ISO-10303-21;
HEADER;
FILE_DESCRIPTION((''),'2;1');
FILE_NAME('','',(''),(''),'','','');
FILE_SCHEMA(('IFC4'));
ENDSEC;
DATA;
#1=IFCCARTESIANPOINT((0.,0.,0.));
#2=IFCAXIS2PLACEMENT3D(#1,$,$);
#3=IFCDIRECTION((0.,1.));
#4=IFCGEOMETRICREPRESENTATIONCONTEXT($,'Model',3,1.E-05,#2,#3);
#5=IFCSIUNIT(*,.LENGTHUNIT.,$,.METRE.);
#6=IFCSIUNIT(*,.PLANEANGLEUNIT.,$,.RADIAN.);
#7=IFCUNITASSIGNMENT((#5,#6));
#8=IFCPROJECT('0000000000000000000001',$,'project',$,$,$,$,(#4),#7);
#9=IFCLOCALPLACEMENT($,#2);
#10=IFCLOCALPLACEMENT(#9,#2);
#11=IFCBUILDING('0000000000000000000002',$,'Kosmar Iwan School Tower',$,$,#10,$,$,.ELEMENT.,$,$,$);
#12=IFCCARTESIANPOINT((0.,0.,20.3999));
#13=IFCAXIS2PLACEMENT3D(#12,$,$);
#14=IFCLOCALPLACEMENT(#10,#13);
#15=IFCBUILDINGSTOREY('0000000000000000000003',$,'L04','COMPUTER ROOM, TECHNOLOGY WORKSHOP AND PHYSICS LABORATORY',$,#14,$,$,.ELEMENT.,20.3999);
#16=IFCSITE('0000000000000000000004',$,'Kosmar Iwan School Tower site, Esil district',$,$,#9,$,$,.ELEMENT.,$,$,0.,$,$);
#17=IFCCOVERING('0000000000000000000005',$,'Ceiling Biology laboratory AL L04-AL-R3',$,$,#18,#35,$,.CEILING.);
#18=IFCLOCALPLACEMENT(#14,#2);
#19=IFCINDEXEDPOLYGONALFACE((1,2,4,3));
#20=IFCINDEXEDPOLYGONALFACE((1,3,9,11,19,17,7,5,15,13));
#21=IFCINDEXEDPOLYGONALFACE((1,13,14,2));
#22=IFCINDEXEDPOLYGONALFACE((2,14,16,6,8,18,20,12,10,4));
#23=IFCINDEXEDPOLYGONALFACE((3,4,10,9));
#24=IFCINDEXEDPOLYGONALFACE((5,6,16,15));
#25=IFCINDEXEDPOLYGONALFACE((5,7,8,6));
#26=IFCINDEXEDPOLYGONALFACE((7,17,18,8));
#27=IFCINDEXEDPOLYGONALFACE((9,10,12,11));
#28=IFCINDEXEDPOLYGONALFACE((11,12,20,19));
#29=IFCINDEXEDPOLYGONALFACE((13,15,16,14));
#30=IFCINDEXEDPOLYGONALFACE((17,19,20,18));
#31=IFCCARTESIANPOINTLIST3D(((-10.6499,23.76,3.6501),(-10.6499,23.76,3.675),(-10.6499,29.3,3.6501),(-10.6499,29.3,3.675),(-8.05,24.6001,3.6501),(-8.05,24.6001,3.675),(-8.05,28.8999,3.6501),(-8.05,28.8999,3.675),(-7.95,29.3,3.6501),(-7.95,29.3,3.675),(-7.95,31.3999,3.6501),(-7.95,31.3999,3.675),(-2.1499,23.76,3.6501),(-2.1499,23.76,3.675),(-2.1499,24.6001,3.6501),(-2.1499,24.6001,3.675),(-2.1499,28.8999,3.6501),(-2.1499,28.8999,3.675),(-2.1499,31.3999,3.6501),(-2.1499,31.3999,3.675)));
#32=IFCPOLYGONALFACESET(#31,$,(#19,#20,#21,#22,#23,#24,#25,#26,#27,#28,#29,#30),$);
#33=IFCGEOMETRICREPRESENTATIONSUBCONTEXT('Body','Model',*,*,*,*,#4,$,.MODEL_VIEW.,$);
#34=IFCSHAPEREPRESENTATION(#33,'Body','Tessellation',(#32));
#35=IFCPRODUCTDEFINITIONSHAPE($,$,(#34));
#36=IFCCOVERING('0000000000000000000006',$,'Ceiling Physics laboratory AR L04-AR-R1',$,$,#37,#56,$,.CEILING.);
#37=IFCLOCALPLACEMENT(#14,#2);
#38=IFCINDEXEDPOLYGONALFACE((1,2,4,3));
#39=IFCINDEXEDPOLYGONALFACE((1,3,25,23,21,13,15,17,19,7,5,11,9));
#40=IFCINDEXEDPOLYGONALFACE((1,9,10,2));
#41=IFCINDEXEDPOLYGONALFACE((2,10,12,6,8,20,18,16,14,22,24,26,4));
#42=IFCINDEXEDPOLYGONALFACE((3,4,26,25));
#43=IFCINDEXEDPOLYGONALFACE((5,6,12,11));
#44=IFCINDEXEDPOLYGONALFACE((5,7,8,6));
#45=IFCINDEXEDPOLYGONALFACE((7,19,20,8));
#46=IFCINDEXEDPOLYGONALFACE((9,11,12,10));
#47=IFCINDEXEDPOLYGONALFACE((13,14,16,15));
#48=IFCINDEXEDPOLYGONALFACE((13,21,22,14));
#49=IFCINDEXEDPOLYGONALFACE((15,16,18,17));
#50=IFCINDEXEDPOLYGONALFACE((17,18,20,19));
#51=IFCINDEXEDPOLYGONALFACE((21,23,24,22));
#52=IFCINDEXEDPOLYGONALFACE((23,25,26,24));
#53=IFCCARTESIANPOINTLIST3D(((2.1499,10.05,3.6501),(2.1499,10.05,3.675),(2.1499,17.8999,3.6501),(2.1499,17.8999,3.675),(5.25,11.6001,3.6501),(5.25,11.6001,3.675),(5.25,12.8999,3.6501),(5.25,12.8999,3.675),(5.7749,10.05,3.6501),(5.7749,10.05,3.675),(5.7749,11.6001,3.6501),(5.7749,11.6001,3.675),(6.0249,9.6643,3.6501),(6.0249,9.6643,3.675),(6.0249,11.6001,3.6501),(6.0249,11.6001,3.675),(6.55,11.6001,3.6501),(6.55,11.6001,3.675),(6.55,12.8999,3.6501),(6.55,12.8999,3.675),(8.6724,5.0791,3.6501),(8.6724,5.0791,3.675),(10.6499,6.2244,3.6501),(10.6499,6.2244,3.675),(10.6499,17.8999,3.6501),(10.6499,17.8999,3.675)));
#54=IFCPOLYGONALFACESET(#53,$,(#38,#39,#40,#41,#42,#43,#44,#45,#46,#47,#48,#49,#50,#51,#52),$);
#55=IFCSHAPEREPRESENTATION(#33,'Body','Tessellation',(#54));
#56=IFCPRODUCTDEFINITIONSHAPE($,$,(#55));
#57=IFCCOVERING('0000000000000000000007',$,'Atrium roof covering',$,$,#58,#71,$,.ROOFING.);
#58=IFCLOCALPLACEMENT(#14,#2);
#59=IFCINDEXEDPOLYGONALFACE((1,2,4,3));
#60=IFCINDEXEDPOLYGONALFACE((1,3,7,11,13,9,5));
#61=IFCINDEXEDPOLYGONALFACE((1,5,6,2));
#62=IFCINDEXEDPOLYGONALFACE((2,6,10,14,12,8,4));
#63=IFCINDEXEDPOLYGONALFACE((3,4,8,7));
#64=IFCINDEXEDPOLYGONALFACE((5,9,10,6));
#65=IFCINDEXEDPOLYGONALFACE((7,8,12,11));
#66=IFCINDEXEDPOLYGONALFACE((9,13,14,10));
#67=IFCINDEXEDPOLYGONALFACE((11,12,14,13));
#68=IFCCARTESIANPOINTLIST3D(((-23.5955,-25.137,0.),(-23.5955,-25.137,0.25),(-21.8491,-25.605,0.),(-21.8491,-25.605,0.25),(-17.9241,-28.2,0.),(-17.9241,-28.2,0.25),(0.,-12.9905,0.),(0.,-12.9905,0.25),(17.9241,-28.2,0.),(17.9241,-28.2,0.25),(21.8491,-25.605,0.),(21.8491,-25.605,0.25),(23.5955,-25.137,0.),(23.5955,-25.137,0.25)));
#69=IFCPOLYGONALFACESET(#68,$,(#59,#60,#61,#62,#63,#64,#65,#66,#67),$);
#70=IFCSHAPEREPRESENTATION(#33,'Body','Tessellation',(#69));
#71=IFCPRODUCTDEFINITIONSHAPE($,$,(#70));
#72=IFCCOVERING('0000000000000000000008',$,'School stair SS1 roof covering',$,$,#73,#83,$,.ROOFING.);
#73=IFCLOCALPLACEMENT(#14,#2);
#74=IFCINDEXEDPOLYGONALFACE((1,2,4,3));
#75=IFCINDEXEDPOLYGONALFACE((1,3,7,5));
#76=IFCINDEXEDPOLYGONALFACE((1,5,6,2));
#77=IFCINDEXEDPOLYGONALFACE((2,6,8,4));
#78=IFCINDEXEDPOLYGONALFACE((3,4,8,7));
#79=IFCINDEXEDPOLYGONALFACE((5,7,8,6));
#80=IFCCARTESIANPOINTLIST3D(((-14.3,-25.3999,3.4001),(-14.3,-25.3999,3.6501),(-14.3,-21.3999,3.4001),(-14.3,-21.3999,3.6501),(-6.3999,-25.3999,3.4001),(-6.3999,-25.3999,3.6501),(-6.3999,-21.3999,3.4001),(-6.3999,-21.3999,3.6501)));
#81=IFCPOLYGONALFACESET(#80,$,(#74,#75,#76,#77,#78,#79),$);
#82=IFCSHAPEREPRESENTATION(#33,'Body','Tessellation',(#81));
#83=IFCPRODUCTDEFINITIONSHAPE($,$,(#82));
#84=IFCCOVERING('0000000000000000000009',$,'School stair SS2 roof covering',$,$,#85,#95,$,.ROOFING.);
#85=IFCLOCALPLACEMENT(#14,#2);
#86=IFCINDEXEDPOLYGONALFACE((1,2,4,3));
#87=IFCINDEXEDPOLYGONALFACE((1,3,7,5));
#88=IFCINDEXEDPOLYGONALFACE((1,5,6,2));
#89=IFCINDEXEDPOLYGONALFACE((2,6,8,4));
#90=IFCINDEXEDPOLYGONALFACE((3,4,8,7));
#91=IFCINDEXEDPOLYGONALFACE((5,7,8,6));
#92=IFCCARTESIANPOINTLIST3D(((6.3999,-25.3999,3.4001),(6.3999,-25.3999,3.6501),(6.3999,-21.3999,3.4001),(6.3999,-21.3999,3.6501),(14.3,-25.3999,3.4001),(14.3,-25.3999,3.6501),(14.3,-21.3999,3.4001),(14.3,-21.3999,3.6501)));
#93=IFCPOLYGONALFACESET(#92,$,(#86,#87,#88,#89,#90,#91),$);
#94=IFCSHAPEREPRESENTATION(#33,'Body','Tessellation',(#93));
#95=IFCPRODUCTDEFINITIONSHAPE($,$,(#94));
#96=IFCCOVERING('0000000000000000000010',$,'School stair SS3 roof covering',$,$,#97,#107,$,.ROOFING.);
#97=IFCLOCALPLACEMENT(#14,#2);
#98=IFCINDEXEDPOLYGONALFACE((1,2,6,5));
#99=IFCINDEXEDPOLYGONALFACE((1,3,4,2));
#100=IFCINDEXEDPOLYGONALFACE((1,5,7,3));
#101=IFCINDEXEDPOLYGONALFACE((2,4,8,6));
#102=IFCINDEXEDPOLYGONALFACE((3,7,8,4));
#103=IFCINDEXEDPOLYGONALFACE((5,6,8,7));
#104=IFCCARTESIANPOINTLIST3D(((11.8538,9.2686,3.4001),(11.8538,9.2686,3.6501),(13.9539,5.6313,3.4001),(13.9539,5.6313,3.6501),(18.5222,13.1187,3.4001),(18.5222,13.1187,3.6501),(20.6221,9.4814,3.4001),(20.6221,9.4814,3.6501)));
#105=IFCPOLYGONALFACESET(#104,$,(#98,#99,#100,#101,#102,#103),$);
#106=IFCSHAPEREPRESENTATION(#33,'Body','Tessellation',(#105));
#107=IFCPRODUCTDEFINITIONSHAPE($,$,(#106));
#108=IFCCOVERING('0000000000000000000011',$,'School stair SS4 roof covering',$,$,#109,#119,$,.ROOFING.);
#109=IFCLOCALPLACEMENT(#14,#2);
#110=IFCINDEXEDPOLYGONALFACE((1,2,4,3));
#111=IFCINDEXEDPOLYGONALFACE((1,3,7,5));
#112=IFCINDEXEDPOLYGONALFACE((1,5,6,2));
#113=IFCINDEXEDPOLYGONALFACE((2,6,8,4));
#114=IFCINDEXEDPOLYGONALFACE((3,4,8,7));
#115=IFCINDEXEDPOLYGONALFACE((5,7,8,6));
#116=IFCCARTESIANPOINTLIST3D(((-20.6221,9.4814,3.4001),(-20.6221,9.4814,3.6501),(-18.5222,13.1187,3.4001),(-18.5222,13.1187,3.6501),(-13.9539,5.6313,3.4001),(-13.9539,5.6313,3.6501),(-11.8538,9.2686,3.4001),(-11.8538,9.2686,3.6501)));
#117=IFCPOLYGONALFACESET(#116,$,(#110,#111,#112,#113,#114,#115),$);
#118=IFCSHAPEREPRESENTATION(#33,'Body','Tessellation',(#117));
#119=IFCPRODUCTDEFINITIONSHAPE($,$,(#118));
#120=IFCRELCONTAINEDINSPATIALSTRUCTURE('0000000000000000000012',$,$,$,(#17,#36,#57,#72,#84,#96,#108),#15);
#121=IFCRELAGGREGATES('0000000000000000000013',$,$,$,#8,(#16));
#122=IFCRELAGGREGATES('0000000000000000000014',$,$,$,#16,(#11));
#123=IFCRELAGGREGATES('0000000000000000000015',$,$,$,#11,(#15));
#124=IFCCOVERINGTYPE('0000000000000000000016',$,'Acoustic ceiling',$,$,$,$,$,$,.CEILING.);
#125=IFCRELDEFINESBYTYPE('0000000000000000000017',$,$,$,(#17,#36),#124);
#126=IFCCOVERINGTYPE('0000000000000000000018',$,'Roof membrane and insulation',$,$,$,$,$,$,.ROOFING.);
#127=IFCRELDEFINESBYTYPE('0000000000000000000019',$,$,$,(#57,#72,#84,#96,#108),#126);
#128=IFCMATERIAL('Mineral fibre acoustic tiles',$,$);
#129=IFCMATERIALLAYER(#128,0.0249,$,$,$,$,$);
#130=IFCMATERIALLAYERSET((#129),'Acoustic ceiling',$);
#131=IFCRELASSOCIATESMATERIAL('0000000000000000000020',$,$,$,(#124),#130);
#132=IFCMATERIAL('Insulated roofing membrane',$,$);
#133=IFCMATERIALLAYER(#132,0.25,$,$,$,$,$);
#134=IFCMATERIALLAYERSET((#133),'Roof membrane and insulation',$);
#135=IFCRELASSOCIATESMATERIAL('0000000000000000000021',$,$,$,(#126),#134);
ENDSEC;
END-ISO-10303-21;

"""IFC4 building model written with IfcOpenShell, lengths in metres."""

from ifc_helpers import new_model, si_unit, direction, frame, origin, place, context, subcontext, project, spatial, polyline, outline, extrude, material, layer, layer_set, type_object, element, save


model = new_model("IFC4")

# Units and contexts
model_context = context("Model", 3, precision=1e-05, world=origin(), true_north=direction((0.0, 1.0)))
body_context = subcontext(model_context, "Body", "Model", "MODEL_VIEW")
ifc_project = project(units=[si_unit("LENGTHUNIT", "METRE"), si_unit("PLANEANGLEUNIT", "RADIAN")], contexts=[model_context])

# Site, building, storey
site_placement = place(None, origin())
site = spatial("IfcSite", under=ifc_project, at=site_placement, Name="Kosmar Iwan School Tower site, Esil district", CompositionType="ELEMENT", RefElevation=0.0)
building_placement = place(site_placement, origin())
building = spatial("IfcBuilding", under=site, at=building_placement, Name="Kosmar Iwan School Tower", CompositionType="ELEMENT")
storey_placement = place(building_placement, frame((0.0, 0.0, 20.3999)))
storey = spatial("IfcBuildingStorey", under=building, at=storey_placement, Name="L04", Description="COMPUTER ROOM, TECHNOLOGY WORKSHOP AND PHYSICS LABORATORY", CompositionType="ELEMENT", Elevation=20.3999)

# Coverings
ifc_material_1 = material(Name="Mineral fibre acoustic tiles")
ifc_layer_1 = layer(ifc_material_1, 0.0249)
ifc_layer_set_1 = layer_set([ifc_layer_1], Name="Acoustic ceiling")
covering_type_1 = type_object("IfcCoveringType", Name="Acoustic ceiling", PredefinedType="CEILING", material=ifc_layer_set_1)
covering_1_placement = place(storey_placement, frame((0.0, 0.0, 3.6501)))
element("IfcCovering", 1, at=covering_1_placement, inside=storey, type_object=covering_type_1, Name="Ceiling Biology laboratory AL L04-AL-R3", PredefinedType="CEILING", context=body_context, shape_type="SweptSolid", body=[
    extrude(outline(polyline([(-10.6499, 23.76), (-2.1499, 23.76), (-2.1499, 24.6001), (-8.05, 24.6001), (-8.05, 28.8999), (-2.1499, 28.8999), (-2.1499, 31.3999), (-7.95, 31.3999), (-7.95, 29.3), (-10.6499, 29.3), (-10.6499, 23.76)])), origin(), (0.0, 0.0, 1.0), 0.0249),
])
covering_2_placement = place(storey_placement, frame((0.0, 0.0, 3.6501)))
element("IfcCovering", 2, at=covering_2_placement, inside=storey, type_object=covering_type_1, Name="Ceiling Physics laboratory AR L04-AR-R1", PredefinedType="CEILING", context=body_context, shape_type="SweptSolid", body=[
    extrude(outline(polyline([(8.6724, 5.0791), (10.6499, 6.2244), (10.6499, 17.8999), (2.1499, 17.8999), (2.1499, 10.05), (5.7749, 10.05), (5.7749, 11.6001), (5.25, 11.6001), (5.25, 12.8999), (6.55, 12.8999), (6.55, 11.6001), (6.0249, 11.6001), (6.0249, 9.6643), (8.6724, 5.0791)])), origin(), (0.0, 0.0, 1.0), 0.0249),
])
ifc_material_2 = material(Name="Insulated roofing membrane")
ifc_layer_2 = layer(ifc_material_2, 0.25)
ifc_layer_set_2 = layer_set([ifc_layer_2], Name="Roof membrane and insulation")
covering_type_2 = type_object("IfcCoveringType", Name="Roof membrane and insulation", PredefinedType="ROOFING", material=ifc_layer_set_2)
covering_3_placement = place(storey_placement, origin())
element("IfcCovering", 3, at=covering_3_placement, inside=storey, type_object=covering_type_2, Name="Atrium roof covering", PredefinedType="ROOFING", context=body_context, shape_type="SweptSolid", body=[
    extrude(outline(polyline([(-17.9241, -28.2), (17.9241, -28.2), (23.5955, -25.137), (21.8491, -25.605), (0.0, -12.9905), (-21.8491, -25.605), (-23.5955, -25.137), (-17.9241, -28.2)])), origin(), (0.0, 0.0, 1.0), 0.25),
])
covering_4_placement = place(storey_placement, frame((0.0, 0.0, 3.4001)))
element("IfcCovering", 4, at=covering_4_placement, inside=storey, type_object=covering_type_2, Name="School stair SS1 roof covering", PredefinedType="ROOFING", context=body_context, shape_type="SweptSolid", body=[
    extrude(outline(polyline([(-14.3, -21.3999), (-14.3, -25.3999), (-6.3999, -25.3999), (-6.3999, -21.3999), (-14.3, -21.3999)])), origin(), (0.0, 0.0, 1.0), 0.25),
])
covering_5_placement = place(storey_placement, frame((0.0, 0.0, 3.4001)))
element("IfcCovering", 5, at=covering_5_placement, inside=storey, type_object=covering_type_2, Name="School stair SS2 roof covering", PredefinedType="ROOFING", context=body_context, shape_type="SweptSolid", body=[
    extrude(outline(polyline([(6.3999, -21.3999), (6.3999, -25.3999), (14.3, -25.3999), (14.3, -21.3999), (6.3999, -21.3999)])), origin(), (0.0, 0.0, 1.0), 0.25),
])
covering_6_placement = place(storey_placement, frame((0.0, 0.0, 3.4001)))
element("IfcCovering", 6, at=covering_6_placement, inside=storey, type_object=covering_type_2, Name="School stair SS3 roof covering", PredefinedType="ROOFING", context=body_context, shape_type="SweptSolid", body=[
    extrude(outline(polyline([(13.9539, 5.6313), (20.6221, 9.4814), (18.5222, 13.1187), (11.8538, 9.2686), (13.9539, 5.6313)])), origin(), (0.0, 0.0, 1.0), 0.25),
])
covering_7_placement = place(storey_placement, frame((0.0, 0.0, 3.4001)))
element("IfcCovering", 7, at=covering_7_placement, inside=storey, type_object=covering_type_2, Name="School stair SS4 roof covering", PredefinedType="ROOFING", context=body_context, shape_type="SweptSolid", body=[
    extrude(outline(polyline([(-11.8538, 9.2686), (-18.5222, 13.1187), (-20.6221, 9.4814), (-13.9539, 5.6313), (-11.8538, 9.2686)])), origin(), (0.0, 0.0, 1.0), 0.25),
])

save(model, "model.ifc")
